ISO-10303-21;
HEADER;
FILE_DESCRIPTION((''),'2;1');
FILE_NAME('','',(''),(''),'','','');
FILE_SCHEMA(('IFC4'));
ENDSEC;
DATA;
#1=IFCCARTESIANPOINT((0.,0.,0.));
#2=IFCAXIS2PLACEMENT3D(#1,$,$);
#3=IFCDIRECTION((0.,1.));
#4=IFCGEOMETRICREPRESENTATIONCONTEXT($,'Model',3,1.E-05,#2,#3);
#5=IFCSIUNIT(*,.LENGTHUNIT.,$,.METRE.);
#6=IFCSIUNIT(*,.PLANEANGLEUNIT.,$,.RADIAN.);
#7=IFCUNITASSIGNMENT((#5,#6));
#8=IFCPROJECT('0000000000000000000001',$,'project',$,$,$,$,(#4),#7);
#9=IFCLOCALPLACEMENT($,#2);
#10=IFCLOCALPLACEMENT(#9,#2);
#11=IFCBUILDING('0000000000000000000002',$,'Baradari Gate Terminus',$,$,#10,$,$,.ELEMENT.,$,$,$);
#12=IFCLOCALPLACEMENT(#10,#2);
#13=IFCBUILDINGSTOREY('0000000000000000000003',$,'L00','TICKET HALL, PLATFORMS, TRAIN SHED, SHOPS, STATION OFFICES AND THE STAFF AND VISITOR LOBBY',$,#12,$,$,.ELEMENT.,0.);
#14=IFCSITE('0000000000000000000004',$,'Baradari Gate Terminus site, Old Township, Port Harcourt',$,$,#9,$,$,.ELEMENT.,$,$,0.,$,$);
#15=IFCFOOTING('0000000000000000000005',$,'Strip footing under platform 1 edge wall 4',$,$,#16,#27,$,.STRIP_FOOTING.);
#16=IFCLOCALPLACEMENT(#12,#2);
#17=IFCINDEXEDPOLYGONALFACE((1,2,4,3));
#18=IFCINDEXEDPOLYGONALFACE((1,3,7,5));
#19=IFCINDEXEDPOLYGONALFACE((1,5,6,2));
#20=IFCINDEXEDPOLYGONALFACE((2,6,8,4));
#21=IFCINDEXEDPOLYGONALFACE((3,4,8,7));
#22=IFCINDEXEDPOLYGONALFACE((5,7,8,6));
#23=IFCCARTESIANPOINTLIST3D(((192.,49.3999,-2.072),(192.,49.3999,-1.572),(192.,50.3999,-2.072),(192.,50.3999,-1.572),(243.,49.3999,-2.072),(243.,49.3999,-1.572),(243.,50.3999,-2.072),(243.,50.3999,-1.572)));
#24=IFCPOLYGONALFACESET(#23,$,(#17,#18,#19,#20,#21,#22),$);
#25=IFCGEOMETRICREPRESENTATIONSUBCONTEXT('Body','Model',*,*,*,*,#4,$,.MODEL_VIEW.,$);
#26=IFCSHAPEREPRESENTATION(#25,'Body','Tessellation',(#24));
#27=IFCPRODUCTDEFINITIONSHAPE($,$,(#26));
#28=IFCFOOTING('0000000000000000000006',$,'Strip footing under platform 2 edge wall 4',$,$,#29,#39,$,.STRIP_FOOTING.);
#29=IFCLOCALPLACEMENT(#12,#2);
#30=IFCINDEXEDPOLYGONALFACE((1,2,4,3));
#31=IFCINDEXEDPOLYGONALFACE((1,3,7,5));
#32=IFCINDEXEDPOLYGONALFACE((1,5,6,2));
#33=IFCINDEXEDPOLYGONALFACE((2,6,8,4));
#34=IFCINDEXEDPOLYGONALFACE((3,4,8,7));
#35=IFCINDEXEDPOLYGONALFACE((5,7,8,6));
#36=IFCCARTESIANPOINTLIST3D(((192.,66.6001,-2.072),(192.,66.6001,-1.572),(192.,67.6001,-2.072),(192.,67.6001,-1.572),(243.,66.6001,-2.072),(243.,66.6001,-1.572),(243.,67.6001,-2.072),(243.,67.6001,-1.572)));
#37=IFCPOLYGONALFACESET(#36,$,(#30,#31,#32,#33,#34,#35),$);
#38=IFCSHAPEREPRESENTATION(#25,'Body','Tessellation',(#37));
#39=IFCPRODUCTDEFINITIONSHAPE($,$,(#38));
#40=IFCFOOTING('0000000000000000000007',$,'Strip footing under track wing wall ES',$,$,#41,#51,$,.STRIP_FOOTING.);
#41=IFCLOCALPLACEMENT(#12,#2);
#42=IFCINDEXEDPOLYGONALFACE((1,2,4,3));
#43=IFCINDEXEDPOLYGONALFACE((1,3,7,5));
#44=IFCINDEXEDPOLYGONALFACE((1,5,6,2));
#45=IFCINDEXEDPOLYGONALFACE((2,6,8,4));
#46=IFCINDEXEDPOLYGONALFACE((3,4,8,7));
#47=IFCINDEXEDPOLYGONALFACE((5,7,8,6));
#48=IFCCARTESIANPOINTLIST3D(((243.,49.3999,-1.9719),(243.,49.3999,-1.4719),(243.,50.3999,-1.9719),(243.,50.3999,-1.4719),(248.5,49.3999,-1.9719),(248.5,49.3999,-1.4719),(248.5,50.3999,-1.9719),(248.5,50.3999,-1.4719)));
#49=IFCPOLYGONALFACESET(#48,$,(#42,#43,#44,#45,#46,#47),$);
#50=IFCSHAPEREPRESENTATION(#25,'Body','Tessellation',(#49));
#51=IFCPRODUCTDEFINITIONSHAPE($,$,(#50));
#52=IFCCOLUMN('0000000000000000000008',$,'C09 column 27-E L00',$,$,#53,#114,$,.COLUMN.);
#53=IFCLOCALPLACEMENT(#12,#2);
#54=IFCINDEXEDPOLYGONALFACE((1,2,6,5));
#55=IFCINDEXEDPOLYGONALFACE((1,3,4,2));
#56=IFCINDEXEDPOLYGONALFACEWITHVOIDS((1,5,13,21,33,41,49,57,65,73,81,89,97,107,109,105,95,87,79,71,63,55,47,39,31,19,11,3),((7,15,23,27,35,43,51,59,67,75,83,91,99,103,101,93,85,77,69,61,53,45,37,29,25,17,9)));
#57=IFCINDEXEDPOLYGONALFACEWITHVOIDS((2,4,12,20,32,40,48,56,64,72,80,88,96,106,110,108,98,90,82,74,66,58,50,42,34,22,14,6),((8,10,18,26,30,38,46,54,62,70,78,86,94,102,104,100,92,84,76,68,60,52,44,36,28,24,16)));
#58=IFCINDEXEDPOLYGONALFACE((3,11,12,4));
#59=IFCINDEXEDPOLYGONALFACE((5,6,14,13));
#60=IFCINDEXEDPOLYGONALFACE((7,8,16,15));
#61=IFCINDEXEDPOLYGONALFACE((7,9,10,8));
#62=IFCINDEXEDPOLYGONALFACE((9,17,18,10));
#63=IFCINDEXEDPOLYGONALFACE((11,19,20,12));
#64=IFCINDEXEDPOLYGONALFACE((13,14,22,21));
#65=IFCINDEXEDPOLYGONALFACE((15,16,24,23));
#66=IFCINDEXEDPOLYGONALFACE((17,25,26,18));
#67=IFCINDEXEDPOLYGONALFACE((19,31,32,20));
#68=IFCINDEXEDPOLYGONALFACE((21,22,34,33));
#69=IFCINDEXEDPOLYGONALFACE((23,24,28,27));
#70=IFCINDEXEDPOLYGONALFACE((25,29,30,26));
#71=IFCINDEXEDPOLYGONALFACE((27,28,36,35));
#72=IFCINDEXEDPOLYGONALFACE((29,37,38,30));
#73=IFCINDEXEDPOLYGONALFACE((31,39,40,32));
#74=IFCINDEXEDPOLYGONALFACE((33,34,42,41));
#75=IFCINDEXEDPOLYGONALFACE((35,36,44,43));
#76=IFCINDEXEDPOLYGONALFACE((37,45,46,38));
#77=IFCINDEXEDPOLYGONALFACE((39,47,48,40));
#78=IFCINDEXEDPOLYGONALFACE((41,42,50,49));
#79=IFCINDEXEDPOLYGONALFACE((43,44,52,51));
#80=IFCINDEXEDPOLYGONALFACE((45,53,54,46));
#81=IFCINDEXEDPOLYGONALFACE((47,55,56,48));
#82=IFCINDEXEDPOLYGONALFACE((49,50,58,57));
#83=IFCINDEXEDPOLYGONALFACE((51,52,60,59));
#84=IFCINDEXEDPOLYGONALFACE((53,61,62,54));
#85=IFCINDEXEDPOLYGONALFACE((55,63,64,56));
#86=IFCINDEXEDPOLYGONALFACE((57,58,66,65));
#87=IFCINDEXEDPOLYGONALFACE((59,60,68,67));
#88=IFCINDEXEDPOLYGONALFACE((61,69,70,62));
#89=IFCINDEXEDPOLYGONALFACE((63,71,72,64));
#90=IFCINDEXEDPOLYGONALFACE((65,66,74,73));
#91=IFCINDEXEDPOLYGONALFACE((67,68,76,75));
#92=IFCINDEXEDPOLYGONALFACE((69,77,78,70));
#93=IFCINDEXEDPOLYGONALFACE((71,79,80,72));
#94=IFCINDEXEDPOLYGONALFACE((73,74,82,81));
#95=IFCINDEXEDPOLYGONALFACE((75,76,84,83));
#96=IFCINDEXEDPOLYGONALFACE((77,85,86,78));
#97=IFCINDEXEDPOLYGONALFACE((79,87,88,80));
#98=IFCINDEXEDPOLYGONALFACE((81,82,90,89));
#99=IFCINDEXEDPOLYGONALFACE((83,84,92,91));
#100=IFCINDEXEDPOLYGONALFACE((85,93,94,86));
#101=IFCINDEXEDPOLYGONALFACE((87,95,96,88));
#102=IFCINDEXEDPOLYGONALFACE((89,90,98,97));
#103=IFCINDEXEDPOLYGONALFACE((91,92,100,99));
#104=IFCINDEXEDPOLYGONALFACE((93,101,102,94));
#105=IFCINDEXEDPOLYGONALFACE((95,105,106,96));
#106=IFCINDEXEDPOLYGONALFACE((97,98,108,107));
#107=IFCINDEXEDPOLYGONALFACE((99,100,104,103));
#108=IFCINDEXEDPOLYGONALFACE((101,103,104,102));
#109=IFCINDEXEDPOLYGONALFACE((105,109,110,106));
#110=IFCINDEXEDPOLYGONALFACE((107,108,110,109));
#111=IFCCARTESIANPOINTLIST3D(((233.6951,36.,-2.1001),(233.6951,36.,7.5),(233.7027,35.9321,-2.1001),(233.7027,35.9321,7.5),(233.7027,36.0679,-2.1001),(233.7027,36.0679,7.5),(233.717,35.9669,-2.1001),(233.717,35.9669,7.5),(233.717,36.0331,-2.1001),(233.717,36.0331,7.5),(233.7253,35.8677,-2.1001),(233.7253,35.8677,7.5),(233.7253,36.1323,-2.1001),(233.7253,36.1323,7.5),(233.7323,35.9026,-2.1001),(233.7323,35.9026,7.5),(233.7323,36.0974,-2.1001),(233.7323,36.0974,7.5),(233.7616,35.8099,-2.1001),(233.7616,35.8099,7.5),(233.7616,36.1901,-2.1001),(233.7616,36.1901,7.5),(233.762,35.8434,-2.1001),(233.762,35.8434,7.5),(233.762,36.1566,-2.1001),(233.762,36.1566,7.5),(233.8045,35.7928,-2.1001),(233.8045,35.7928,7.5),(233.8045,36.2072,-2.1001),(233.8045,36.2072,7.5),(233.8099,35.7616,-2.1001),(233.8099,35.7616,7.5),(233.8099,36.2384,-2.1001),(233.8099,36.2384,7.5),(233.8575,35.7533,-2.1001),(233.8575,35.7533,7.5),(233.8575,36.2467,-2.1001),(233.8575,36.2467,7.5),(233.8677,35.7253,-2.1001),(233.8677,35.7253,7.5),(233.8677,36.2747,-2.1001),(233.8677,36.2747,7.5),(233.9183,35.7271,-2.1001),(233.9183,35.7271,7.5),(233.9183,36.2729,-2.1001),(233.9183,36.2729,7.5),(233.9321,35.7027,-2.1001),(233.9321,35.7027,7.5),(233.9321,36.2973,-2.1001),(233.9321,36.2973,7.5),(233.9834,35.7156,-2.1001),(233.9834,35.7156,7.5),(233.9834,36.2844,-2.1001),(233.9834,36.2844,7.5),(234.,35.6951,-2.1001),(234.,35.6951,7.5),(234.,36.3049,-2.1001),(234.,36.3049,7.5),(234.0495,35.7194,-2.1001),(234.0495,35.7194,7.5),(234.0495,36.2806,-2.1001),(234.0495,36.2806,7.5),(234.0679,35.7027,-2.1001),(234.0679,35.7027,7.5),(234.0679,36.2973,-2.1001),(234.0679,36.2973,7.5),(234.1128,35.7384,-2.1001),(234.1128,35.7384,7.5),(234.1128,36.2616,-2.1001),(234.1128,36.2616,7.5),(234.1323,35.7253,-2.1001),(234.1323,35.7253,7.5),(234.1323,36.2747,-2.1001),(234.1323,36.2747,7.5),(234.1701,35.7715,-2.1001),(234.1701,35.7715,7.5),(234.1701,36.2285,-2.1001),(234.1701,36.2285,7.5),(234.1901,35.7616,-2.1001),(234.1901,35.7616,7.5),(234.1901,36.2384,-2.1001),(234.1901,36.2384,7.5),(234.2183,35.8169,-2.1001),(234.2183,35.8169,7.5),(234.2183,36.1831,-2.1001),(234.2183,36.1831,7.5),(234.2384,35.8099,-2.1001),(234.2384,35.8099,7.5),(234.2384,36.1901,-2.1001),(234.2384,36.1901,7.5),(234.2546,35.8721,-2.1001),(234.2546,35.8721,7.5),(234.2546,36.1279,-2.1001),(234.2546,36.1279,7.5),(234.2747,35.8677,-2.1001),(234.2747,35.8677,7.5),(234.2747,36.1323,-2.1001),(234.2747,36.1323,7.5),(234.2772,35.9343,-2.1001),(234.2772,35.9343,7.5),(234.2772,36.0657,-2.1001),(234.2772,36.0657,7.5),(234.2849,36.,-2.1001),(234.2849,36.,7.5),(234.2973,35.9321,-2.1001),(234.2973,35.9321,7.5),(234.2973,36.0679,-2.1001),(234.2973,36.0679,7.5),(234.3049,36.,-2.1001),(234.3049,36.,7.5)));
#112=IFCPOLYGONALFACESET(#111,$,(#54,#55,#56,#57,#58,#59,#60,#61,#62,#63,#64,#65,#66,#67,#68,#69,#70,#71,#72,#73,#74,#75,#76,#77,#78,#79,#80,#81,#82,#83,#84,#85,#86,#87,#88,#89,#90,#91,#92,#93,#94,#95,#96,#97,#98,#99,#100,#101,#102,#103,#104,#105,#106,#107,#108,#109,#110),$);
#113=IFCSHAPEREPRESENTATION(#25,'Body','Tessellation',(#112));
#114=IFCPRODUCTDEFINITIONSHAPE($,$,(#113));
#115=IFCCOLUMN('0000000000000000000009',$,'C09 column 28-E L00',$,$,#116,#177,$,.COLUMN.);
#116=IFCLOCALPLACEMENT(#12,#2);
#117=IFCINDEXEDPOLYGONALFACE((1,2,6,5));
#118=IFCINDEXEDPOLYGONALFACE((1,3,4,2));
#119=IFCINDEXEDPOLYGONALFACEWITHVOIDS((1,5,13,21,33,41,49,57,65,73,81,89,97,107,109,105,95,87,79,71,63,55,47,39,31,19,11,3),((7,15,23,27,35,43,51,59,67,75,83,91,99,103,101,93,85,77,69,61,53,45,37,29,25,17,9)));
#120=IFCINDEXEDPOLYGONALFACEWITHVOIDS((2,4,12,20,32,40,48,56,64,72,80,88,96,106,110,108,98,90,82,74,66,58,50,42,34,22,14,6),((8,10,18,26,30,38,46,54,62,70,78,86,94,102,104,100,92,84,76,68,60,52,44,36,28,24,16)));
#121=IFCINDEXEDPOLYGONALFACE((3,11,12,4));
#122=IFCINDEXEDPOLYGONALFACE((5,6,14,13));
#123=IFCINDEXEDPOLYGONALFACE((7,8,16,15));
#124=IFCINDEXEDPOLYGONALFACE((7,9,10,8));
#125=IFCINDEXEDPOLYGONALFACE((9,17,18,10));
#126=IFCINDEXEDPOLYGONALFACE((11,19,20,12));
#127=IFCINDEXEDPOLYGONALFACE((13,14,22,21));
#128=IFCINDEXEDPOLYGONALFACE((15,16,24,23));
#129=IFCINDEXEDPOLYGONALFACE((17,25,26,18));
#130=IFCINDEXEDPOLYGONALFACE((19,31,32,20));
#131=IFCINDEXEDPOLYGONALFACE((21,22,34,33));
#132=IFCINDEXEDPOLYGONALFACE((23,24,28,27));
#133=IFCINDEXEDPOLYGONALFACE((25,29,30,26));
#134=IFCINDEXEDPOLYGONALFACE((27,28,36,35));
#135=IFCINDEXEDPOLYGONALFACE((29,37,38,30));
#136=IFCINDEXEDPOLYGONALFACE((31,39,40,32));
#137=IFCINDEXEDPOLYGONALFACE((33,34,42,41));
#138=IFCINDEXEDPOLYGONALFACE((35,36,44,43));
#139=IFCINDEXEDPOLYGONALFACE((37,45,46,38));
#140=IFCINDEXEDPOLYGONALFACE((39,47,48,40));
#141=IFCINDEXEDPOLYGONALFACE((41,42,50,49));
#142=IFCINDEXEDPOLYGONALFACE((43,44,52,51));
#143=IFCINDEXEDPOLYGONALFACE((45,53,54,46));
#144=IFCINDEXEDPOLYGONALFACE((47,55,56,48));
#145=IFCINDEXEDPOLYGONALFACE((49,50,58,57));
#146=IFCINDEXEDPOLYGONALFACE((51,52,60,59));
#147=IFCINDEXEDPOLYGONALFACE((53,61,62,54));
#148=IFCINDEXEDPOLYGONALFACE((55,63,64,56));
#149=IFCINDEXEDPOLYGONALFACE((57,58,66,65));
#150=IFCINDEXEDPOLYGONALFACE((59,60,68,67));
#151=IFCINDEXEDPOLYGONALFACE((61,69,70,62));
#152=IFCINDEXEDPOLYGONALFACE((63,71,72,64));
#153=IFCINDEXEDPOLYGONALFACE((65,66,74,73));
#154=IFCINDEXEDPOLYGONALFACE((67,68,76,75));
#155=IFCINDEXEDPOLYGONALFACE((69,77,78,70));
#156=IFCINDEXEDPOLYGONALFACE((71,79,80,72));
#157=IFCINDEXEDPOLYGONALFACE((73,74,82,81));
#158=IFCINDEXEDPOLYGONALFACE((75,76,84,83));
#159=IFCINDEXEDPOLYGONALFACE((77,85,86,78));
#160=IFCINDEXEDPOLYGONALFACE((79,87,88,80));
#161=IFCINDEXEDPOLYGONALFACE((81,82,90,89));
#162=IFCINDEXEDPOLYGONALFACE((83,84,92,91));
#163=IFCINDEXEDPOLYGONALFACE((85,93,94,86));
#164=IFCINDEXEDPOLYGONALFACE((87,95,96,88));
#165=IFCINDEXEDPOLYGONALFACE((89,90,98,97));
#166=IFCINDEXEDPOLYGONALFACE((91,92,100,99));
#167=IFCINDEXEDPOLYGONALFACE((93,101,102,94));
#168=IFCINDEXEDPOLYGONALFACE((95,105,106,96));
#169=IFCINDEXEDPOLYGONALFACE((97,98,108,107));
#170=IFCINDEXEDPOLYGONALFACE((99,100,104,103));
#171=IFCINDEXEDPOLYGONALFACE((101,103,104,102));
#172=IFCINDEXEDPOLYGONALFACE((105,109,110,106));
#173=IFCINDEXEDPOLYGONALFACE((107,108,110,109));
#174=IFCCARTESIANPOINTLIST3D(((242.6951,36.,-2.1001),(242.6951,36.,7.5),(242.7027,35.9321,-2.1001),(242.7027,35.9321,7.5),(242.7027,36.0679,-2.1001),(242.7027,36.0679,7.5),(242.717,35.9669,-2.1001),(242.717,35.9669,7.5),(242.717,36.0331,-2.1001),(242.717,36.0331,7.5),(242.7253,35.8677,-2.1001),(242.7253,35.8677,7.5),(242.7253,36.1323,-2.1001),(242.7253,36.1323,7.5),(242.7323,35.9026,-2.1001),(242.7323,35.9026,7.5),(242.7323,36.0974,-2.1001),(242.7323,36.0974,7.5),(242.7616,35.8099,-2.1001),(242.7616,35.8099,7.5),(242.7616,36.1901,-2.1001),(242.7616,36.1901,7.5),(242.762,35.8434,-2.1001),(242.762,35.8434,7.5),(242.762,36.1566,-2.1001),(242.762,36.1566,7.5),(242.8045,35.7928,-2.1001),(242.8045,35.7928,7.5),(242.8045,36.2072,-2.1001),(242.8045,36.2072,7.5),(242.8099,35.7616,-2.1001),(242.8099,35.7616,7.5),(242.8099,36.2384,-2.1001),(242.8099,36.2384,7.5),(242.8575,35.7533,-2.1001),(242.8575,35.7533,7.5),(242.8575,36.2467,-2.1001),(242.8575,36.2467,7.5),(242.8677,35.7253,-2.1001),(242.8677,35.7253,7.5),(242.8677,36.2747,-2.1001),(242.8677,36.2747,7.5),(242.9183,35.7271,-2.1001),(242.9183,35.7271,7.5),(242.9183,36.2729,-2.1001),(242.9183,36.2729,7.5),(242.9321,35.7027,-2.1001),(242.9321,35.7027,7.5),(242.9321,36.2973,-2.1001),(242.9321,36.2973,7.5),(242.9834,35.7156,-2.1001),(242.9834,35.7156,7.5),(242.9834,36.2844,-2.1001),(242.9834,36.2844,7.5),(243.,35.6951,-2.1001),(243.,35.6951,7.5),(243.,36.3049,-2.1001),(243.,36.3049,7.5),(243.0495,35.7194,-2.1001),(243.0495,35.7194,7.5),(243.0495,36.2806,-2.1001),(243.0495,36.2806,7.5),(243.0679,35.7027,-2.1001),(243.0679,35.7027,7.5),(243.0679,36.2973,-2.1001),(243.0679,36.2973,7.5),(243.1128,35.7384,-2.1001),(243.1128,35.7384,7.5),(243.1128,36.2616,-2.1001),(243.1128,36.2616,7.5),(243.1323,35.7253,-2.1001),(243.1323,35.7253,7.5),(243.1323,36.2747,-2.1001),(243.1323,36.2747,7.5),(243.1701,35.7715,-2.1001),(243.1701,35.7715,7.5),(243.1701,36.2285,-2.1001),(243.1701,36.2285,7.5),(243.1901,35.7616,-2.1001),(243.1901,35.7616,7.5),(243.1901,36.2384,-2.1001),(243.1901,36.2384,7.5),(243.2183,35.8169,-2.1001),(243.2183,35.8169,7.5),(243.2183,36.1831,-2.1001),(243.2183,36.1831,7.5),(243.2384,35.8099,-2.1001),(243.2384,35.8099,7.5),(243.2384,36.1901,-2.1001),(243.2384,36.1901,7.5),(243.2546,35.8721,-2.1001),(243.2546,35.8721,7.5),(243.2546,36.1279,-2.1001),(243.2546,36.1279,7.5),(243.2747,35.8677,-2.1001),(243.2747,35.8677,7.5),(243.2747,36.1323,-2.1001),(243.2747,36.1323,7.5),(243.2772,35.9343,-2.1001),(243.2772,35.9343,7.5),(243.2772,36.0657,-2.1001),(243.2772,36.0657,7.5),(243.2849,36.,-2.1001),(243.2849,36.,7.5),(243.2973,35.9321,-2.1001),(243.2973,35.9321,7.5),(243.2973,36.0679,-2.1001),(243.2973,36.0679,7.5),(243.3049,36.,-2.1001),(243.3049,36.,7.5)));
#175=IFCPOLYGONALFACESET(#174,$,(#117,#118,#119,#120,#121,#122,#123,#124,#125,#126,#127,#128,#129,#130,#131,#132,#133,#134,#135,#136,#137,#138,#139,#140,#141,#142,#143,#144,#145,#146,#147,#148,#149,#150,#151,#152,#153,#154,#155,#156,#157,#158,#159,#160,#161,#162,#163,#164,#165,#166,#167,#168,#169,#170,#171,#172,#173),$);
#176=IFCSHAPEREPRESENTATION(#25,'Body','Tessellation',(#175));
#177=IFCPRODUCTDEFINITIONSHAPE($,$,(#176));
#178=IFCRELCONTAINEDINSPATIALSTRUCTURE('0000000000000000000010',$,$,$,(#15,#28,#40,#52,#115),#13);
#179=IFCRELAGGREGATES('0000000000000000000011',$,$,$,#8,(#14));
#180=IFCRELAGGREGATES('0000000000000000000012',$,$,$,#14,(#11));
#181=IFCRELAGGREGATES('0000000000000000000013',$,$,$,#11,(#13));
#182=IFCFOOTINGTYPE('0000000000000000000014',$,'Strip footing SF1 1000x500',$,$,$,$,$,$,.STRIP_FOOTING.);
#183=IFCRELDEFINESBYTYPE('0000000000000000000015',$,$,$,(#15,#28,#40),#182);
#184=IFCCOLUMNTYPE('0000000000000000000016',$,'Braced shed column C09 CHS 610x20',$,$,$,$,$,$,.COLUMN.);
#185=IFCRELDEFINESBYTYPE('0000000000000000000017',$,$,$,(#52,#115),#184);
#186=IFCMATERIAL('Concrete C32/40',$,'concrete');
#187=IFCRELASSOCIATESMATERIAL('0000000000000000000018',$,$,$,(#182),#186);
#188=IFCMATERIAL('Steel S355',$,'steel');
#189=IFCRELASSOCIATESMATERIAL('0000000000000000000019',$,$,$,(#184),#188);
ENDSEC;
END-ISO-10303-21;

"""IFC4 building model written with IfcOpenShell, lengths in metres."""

from ifc_helpers import new_model, si_unit, direction, frame, origin, origin_2d, place, context, subcontext, project, spatial, rectangle, hollow_circle, extrude, material, material_profile, profile_set, type_object, element, save


model = new_model("IFC4")

# Units and contexts
model_context = context("Model", 3, precision=1e-05, world=origin(), true_north=direction((0.0, 1.0)))
body_context = subcontext(model_context, "Body", "Model", "MODEL_VIEW")
ifc_project = project(units=[si_unit("LENGTHUNIT", "METRE"), si_unit("PLANEANGLEUNIT", "RADIAN")], contexts=[model_context])

# Site, building, storey
site_placement = place(None, origin())
site = spatial("IfcSite", under=ifc_project, at=site_placement, Name="Baradari Gate Terminus site, Old Township, Port Harcourt", CompositionType="ELEMENT", RefElevation=0.0)
building_placement = place(site_placement, origin())
building = spatial("IfcBuilding", under=site, at=building_placement, Name="Baradari Gate Terminus", CompositionType="ELEMENT")
storey_placement = place(building_placement, origin())
storey = spatial("IfcBuildingStorey", under=building, at=storey_placement, Name="L00", Description="TICKET HALL, PLATFORMS, TRAIN SHED, SHOPS, STATION OFFICES AND THE STAFF AND VISITOR LOBBY", CompositionType="ELEMENT", Elevation=0.0)

# Footings
ifc_material_1 = material(Name="Concrete C32/40", Category="concrete")
footing_type_1 = type_object("IfcFootingType", Name="Strip footing SF1 1000x500", PredefinedType="STRIP_FOOTING", material=ifc_material_1)
for number, where, z_axis, x_axis, name in (
    (1, (217.5, 49.8999, -2.072), (0.0, 0.0, 1.0), (1.0, 0.0, 0.0), "Strip footing under platform 1 edge wall 4"),
    (2, (217.5, 67.1001, -2.072), (0.0, 0.0, 1.0), (1.0, 0.0, 0.0), "Strip footing under platform 2 edge wall 4"),
):
    element("IfcFooting", number, at=place(storey_placement, frame(where, z_axis=z_axis, x_axis=x_axis)), inside=storey, type_object=footing_type_1, Name=name, PredefinedType="STRIP_FOOTING", context=body_context, shape_type="SweptSolid", body=[
        extrude(rectangle(XDim=51.0, YDim=1.0, at=origin_2d()), origin(), (0.0, 0.0, 1.0), 0.5),
    ])
footing_placement = place(storey_placement, frame((245.75, 49.8999, -1.9719), z_axis=(0.0, 0.0, 1.0), x_axis=(1.0, 0.0, 0.0)))
element("IfcFooting", 3, at=footing_placement, inside=storey, type_object=footing_type_1, Name="Strip footing under track wing wall ES", PredefinedType="STRIP_FOOTING", context=body_context, shape_type="SweptSolid", body=[
    extrude(rectangle(XDim=5.5, YDim=1.0, at=origin_2d()), origin(), (0.0, 0.0, 1.0), 0.5),
])

# Columns
ifc_material_2 = material(Name="Steel S355", Category="steel")
ifc_material_profile_1 = material_profile(ifc_material_2, hollow_circle(Radius=0.3049, WallThickness=0.02, at=origin_2d()), Name="CHS 610x20")
ifc_profile_set_1 = profile_set([ifc_material_profile_1], Name="Steel S355")
column_type_1 = type_object("IfcColumnType", Name="Braced shed column C09 CHS 610x20", PredefinedType="COLUMN", material=ifc_profile_set_1)
for number, where, z_axis, x_axis, name in (
    (4, (234.0, 36.0, -2.1001), (0.0, 0.0, 1.0), (1.0, 0.0, 0.0), "C09 column 27-E L00"),
    (5, (243.0, 36.0, -2.1001), (0.0, 0.0, 1.0), (1.0, 0.0, 0.0), "C09 column 28-E L00"),
):
    element("IfcColumn", number, at=place(storey_placement, frame(where, z_axis=z_axis, x_axis=x_axis)), inside=storey, type_object=column_type_1, Name=name, PredefinedType="COLUMN", context=body_context, shape_type="SweptSolid", body=[
        extrude(hollow_circle(Radius=0.3049, WallThickness=0.02, at=origin_2d()), origin(), (0.0, 0.0, 1.0), 9.6001),
    ])

save(model, "model.ifc")
